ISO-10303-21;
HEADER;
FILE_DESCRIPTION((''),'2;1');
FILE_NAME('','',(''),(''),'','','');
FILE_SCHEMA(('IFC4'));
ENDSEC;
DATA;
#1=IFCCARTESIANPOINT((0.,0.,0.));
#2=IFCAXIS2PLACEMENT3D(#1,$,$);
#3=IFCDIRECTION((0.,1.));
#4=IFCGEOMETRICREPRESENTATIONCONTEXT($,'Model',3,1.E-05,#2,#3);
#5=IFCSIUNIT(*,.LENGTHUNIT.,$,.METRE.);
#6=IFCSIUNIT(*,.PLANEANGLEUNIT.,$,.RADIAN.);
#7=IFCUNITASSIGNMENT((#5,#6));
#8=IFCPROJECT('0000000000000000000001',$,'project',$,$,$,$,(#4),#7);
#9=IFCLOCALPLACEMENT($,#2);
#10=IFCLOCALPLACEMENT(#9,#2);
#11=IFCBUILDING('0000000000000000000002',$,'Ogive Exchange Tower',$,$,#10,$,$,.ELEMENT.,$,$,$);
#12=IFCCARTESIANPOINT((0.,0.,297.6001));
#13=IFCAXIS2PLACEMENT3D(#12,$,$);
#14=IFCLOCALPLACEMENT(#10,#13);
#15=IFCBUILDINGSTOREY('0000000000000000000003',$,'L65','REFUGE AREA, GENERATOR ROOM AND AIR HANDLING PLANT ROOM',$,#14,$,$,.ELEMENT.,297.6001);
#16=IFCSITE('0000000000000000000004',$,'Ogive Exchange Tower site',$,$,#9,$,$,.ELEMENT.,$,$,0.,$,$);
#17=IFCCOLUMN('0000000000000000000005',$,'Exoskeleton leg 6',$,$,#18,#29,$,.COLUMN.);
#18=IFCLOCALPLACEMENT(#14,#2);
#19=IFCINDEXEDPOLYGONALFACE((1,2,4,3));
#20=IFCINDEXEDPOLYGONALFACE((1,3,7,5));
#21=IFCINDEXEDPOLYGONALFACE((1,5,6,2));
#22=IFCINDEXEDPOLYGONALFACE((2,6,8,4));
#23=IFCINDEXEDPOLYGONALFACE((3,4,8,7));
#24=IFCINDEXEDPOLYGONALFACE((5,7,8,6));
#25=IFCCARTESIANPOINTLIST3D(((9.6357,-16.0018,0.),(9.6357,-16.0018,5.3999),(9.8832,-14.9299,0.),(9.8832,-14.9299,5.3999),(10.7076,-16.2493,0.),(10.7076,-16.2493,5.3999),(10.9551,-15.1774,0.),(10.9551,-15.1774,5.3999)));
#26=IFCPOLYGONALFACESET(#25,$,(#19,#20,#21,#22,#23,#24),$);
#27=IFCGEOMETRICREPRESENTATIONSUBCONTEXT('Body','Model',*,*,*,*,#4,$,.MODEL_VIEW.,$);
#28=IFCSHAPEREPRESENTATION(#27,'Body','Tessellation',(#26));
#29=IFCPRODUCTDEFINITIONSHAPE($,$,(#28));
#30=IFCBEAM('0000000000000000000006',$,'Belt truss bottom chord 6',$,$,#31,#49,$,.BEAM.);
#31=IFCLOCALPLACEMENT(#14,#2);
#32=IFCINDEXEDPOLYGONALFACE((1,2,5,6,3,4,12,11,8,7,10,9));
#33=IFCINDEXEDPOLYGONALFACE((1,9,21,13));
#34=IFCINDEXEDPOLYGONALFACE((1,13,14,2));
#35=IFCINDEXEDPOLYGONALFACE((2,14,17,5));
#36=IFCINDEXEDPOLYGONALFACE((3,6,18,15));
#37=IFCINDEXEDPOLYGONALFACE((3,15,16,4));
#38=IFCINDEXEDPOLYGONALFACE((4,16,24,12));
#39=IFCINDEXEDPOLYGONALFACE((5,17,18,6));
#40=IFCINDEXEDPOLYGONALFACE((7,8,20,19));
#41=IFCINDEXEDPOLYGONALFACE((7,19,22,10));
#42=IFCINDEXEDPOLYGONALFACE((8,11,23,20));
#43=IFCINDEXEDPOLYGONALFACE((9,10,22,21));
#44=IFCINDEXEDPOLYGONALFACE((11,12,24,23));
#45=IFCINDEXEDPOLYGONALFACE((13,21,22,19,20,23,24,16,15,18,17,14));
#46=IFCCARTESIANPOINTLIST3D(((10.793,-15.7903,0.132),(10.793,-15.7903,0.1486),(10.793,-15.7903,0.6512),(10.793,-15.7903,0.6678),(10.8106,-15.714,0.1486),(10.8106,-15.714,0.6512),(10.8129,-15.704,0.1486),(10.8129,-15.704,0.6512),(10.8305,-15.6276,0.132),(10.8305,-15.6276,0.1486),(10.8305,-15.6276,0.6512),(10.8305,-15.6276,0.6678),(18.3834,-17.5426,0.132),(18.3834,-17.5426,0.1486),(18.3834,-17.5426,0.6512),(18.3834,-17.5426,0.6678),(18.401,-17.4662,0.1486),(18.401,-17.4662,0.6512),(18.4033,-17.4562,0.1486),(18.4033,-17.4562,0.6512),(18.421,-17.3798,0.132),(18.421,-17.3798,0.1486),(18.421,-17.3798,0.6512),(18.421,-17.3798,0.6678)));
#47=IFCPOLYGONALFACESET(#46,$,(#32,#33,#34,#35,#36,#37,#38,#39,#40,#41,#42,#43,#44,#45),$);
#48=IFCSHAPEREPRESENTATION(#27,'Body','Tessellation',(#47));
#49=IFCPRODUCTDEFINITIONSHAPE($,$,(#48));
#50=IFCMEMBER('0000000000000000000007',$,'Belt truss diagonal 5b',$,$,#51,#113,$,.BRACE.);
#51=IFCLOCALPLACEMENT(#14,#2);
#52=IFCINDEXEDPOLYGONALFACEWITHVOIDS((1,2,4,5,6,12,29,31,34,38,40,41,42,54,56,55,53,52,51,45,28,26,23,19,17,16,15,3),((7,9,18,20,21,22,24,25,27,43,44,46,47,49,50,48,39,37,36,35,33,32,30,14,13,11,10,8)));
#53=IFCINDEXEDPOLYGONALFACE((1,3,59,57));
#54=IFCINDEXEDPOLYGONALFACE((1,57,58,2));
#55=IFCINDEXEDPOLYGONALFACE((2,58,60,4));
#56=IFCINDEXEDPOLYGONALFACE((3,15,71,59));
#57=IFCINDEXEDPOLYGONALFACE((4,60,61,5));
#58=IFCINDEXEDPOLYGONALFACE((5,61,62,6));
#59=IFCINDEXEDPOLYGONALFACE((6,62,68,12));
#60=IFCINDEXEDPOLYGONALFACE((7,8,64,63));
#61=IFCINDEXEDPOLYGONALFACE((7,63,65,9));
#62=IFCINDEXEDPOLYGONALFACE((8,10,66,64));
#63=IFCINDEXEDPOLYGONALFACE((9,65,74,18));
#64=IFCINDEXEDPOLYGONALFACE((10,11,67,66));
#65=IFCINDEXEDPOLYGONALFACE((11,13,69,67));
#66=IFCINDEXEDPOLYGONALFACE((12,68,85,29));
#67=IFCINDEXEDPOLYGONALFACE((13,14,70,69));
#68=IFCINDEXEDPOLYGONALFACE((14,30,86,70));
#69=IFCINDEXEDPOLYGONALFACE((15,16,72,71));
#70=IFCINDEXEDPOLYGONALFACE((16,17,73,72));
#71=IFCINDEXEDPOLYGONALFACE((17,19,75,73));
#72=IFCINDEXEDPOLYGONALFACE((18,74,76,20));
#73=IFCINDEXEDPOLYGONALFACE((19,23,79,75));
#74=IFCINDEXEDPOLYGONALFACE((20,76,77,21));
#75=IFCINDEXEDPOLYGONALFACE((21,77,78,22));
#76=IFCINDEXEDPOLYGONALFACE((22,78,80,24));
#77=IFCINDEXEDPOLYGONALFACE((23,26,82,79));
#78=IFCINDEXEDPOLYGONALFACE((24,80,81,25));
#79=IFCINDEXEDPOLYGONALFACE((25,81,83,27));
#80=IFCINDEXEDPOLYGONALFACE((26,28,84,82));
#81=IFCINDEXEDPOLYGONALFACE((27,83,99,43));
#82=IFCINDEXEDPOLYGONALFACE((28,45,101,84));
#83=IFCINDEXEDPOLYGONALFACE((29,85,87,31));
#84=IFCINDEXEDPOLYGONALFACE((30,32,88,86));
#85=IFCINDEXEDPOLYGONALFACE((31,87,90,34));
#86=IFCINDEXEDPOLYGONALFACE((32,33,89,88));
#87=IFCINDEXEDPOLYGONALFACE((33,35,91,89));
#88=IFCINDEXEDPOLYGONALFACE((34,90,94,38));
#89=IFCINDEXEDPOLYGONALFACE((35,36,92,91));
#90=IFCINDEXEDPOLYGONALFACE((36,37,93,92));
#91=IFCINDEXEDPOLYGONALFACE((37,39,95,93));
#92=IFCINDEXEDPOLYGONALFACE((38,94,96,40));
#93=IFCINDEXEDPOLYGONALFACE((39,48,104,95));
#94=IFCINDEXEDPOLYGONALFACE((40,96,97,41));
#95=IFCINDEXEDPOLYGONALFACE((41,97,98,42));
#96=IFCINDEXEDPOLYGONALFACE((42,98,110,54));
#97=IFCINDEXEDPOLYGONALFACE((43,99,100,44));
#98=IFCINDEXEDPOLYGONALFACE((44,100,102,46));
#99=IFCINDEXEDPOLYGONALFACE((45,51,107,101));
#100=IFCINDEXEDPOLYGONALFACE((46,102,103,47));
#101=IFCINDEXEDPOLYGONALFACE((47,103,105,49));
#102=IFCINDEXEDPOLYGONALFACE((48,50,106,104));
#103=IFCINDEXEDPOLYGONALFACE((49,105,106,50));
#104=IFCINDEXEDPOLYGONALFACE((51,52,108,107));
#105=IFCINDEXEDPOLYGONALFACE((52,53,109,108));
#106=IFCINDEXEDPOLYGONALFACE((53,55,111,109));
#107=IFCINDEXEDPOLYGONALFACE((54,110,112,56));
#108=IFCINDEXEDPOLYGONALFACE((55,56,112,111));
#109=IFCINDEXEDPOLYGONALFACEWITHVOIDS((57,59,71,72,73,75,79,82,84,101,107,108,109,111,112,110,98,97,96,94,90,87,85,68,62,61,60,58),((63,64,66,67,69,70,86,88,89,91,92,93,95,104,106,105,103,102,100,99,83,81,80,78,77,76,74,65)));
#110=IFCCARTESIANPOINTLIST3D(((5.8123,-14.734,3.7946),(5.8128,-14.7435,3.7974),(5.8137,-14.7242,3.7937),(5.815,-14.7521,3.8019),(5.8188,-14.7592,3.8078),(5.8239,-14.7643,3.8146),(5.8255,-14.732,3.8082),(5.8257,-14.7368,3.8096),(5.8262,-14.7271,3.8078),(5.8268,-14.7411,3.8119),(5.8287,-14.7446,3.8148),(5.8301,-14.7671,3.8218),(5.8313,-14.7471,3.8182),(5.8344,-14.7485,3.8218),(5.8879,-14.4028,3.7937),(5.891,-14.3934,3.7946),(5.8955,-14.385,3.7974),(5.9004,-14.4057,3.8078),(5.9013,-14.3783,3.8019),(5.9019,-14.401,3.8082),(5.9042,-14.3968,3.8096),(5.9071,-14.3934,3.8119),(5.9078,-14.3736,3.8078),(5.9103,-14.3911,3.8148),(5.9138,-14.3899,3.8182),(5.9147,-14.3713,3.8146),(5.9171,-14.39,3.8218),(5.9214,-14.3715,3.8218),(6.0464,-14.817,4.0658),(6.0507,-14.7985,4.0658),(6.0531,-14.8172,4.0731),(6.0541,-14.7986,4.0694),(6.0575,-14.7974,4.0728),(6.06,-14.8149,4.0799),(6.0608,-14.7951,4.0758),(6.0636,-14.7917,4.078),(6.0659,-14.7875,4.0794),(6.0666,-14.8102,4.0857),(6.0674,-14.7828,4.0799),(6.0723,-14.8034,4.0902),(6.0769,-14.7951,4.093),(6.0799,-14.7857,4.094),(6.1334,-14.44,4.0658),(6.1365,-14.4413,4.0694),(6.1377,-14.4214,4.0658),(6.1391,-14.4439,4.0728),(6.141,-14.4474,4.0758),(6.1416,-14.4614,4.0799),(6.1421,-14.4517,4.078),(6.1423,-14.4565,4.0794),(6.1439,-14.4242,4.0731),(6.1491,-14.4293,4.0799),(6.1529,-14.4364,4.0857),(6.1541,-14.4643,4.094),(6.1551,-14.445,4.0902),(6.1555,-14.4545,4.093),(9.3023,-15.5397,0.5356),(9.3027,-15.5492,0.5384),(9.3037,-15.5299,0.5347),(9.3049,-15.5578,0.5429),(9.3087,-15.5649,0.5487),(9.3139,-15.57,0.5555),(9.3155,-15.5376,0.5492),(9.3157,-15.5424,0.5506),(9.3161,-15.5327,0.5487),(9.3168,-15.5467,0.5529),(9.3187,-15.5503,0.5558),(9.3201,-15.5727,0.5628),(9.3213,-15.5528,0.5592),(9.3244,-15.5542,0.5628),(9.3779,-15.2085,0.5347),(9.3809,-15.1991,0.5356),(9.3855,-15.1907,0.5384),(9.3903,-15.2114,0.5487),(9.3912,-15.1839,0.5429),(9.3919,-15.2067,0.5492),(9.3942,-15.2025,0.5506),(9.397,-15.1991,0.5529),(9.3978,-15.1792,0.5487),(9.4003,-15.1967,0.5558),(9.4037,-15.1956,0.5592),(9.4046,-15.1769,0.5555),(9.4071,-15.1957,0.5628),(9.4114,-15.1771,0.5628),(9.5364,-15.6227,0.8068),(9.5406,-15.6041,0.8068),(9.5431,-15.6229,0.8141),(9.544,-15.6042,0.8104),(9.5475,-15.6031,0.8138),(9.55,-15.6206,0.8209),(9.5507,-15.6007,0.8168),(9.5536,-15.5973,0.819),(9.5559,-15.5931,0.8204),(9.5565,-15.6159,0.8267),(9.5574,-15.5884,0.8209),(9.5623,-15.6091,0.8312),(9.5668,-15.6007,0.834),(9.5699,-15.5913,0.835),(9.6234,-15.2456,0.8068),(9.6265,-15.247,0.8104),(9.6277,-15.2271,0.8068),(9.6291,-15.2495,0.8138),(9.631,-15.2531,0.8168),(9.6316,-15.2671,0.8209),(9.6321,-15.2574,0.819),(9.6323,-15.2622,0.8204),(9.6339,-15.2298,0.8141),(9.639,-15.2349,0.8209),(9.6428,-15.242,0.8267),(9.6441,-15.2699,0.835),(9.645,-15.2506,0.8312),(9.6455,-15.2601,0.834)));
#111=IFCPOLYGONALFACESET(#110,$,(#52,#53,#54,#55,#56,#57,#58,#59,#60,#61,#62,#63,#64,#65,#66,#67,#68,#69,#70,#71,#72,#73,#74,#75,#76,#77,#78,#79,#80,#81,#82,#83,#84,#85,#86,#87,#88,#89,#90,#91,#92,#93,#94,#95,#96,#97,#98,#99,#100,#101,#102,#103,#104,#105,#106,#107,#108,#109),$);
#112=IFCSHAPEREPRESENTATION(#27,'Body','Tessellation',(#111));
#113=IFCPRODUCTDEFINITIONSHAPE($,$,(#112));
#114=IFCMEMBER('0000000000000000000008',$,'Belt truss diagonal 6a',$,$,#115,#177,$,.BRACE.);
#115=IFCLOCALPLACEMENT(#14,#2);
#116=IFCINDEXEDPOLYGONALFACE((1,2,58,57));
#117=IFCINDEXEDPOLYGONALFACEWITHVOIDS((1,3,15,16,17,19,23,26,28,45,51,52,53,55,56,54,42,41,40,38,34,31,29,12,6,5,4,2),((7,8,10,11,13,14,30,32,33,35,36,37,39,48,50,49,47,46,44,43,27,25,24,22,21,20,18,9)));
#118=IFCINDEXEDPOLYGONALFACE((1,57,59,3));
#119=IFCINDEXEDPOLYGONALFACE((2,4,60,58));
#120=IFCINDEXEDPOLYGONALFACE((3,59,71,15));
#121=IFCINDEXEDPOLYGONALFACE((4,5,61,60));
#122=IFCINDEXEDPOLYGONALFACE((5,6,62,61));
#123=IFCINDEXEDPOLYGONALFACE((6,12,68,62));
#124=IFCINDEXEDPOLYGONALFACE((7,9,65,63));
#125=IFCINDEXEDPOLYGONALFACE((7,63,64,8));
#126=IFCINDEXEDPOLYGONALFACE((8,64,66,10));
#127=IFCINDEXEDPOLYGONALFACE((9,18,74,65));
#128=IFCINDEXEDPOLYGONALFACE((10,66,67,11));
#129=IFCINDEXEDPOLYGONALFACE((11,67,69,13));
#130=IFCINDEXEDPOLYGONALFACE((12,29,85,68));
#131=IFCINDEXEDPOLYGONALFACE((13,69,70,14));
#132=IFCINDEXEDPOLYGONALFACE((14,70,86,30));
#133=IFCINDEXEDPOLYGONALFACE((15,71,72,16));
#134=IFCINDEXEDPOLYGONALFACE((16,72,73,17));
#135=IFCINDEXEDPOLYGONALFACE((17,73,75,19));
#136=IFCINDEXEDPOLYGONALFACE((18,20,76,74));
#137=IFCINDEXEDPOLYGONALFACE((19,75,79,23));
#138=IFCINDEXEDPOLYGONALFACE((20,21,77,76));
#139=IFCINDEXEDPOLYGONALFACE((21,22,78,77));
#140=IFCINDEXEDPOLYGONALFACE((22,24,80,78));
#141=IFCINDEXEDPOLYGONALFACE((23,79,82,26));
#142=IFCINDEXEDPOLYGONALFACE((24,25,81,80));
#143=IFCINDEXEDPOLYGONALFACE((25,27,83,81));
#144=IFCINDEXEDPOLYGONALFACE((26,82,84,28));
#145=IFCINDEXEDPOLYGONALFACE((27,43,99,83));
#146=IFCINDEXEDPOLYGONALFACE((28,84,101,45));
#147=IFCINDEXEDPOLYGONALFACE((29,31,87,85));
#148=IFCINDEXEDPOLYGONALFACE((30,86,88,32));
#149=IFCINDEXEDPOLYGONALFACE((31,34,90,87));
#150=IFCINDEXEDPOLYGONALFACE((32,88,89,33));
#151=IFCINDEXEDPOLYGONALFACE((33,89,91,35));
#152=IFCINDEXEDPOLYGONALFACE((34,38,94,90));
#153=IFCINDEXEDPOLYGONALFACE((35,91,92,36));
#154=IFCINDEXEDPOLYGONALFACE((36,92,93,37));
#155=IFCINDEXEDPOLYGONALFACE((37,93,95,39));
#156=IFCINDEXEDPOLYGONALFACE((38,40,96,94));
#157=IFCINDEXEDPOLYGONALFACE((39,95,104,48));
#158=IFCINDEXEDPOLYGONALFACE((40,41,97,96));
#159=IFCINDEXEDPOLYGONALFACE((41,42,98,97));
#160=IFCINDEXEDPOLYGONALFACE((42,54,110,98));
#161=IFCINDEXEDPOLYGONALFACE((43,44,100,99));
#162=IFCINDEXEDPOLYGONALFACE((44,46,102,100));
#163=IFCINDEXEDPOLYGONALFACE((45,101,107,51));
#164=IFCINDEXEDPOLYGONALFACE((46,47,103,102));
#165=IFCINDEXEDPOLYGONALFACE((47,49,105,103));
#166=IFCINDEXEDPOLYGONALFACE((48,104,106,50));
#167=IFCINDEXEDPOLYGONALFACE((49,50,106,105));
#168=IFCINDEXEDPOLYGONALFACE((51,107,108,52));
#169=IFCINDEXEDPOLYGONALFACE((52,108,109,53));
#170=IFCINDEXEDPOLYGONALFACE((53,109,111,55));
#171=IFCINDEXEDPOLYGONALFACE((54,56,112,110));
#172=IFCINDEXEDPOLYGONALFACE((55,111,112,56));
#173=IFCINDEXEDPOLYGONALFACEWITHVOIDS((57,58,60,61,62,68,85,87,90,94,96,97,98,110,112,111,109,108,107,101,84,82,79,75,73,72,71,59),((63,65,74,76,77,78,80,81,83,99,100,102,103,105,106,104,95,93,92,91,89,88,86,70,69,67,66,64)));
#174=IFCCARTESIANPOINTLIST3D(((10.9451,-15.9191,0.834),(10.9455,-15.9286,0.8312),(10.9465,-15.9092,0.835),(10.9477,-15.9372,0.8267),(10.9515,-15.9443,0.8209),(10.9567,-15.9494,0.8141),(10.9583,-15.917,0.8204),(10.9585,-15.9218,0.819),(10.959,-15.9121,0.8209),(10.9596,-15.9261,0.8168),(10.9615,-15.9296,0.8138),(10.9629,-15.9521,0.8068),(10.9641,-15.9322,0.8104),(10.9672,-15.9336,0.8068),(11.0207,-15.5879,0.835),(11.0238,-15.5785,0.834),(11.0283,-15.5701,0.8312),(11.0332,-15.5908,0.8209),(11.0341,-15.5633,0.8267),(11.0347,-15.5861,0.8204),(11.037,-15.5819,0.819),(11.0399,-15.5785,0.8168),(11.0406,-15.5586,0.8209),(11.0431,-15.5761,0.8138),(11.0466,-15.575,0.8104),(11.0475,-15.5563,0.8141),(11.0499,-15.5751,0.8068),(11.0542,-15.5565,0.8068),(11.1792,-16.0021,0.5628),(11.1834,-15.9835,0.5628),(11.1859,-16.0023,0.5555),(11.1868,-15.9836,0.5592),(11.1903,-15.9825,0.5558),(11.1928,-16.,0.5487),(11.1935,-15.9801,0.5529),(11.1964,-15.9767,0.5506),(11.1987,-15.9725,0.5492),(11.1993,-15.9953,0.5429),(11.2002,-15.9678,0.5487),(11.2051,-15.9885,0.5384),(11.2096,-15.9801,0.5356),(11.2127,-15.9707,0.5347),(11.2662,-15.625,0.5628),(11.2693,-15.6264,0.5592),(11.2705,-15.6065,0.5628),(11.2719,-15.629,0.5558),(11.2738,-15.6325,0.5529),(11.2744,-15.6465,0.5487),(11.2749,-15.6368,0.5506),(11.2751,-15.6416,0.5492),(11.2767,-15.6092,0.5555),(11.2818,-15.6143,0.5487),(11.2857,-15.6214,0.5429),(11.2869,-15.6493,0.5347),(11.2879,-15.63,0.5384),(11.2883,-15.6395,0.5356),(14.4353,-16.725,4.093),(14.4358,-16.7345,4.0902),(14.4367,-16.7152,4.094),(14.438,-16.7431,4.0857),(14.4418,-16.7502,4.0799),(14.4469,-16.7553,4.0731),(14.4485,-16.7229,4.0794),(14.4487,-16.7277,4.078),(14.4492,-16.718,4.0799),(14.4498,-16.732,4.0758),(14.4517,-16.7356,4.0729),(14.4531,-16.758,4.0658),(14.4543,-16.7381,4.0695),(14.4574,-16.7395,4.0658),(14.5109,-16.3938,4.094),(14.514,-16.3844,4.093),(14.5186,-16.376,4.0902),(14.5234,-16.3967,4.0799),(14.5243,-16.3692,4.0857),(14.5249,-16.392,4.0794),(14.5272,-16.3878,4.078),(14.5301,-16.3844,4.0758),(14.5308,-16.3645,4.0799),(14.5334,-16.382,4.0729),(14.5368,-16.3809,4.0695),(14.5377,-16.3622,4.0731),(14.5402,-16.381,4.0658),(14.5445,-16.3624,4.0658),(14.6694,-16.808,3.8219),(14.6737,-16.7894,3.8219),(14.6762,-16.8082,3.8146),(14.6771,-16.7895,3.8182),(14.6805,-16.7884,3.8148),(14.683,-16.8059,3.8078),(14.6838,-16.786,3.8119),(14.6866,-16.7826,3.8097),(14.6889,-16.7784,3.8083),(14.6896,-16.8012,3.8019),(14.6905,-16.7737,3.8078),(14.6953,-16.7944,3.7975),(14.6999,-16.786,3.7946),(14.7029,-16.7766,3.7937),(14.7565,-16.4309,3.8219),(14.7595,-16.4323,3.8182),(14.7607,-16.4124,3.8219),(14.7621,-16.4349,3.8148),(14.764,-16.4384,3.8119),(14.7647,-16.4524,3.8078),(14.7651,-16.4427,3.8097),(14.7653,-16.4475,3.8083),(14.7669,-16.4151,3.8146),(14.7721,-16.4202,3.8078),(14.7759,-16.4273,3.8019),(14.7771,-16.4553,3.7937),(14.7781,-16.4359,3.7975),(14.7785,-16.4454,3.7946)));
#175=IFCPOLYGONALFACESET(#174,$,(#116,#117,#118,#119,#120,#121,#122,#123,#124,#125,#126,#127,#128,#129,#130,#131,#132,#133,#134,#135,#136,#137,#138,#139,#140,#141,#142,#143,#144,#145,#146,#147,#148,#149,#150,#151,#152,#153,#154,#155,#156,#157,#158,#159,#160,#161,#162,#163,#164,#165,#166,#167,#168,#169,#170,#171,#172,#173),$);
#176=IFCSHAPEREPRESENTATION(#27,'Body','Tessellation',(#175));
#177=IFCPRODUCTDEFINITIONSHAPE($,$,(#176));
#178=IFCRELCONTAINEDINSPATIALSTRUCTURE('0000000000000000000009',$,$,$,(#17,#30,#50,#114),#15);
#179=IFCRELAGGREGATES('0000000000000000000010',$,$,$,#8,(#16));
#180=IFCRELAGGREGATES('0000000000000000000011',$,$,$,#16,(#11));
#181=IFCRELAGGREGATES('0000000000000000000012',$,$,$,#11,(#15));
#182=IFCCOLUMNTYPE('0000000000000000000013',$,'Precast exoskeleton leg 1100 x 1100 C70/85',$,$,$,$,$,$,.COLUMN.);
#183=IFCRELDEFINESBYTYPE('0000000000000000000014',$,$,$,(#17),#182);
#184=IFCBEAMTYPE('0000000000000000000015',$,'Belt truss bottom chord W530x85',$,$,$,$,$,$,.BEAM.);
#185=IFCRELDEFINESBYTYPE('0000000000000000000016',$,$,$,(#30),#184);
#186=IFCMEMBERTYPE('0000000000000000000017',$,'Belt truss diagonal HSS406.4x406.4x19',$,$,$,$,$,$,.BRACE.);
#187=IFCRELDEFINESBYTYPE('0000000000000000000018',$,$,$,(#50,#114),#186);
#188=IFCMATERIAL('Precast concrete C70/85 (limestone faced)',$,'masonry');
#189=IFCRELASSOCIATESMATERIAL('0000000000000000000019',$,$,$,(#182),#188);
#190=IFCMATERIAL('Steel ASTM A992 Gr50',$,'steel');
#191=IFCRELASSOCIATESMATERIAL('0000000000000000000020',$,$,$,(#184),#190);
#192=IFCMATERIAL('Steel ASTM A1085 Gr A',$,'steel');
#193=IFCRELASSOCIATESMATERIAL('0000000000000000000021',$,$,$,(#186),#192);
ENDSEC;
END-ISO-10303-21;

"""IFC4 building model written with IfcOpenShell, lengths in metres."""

from ifc_helpers import new_model, si_unit, direction, frame, origin, origin_2d, place, context, subcontext, project, spatial, rectangle, hollow_rectangle, i_section, extrude, material, material_profile, profile_set, type_object, element, save


model = new_model("IFC4")

# Units and contexts
model_context = context("Model", 3, precision=1e-05, world=origin(), true_north=direction((0.0, 1.0)))
body_context = subcontext(model_context, "Body", "Model", "MODEL_VIEW")
ifc_project = project(units=[si_unit("LENGTHUNIT", "METRE"), si_unit("PLANEANGLEUNIT", "RADIAN")], contexts=[model_context])

# Site, building, storey
site_placement = place(None, origin())
site = spatial("IfcSite", under=ifc_project, at=site_placement, Name="Ogive Exchange Tower site", CompositionType="ELEMENT", RefElevation=0.0)
building_placement = place(site_placement, origin())
building = spatial("IfcBuilding", under=site, at=building_placement, Name="Ogive Exchange Tower", CompositionType="ELEMENT")
storey_placement = place(building_placement, frame((0.0, 0.0, 297.6001)))
storey = spatial("IfcBuildingStorey", under=building, at=storey_placement, Name="L65", Description="REFUGE AREA, GENERATOR ROOM AND AIR HANDLING PLANT ROOM", CompositionType="ELEMENT", Elevation=297.6001)

# Column
ifc_material_1 = material(Name="Precast concrete C70/85 (limestone faced)", Category="masonry")
ifc_material_profile_1 = material_profile(ifc_material_1, rectangle(XDim=1.1001, YDim=1.1001, at=origin_2d()), Name="1100 x 1100")
ifc_profile_set_1 = profile_set([ifc_material_profile_1], Name="Precast concrete C70/85 (limestone faced)")
column_type = type_object("IfcColumnType", Name="Precast exoskeleton leg 1100 x 1100 C70/85", PredefinedType="COLUMN", material=ifc_profile_set_1)
column_placement = place(storey_placement, frame((10.2954, -15.5896, 0.0), z_axis=(0.0, 0.0, 1.0), x_axis=(0.97437, -0.224951, 0.0)))
element("IfcColumn", 1, at=column_placement, inside=storey, type_object=column_type, Name="Exoskeleton leg 6", PredefinedType="COLUMN", context=body_context, shape_type="SweptSolid", body=[
    extrude(rectangle(XDim=1.1001, YDim=1.1001, at=origin_2d()), origin(), (0.0, 0.0, 1.0), 5.3999),
])

# Beam
ifc_material_2 = material(Name="Steel ASTM A992 Gr50", Category="steel")
ifc_material_profile_2 = material_profile(ifc_material_2, i_section(OverallWidth=0.167, OverallDepth=0.5359, WebThickness=0.0103, FlangeThickness=0.0166, at=origin_2d()), Name="W530x85")
ifc_profile_set_2 = profile_set([ifc_material_profile_2], Name="Steel ASTM A992 Gr50")
beam_type_1 = type_object("IfcBeamType", Name="Belt truss bottom chord W530x85", PredefinedType="BEAM", material=ifc_profile_set_2)
beam_1_placement = place(storey_placement, frame((10.8118, -15.709, 0.3999), z_axis=(0.974375, -0.22493, 0.0), x_axis=(0.22493, 0.974375, 0.0)))
element("IfcBeam", 2, at=beam_1_placement, inside=storey, type_object=beam_type_1, Name="Belt truss bottom chord 6", PredefinedType="BEAM", context=body_context, shape_type="SweptSolid", body=[
    extrude(i_section(OverallWidth=0.167, OverallDepth=0.5359, WebThickness=0.0103, FlangeThickness=0.0166, at=origin_2d()), origin(), (0.0, 0.0, 1.0), 7.79),
])

# Members
ifc_material_3 = material(Name="Steel ASTM A1085 Gr A", Category="steel")
ifc_material_profile_3 = material_profile(ifc_material_3, hollow_rectangle(XDim=0.406, YDim=0.406, WallThickness=0.019, InnerFilletRadius=0.019, OuterFilletRadius=0.0381, at=origin_2d()), Name="HSS406.4x406.4x19")
ifc_profile_set_3 = profile_set([ifc_material_profile_3], Name="Steel ASTM A1085 Gr A")
member_type_1 = type_object("IfcMemberType", Name="Belt truss diagonal HSS406.4x406.4x19", PredefinedType="BRACE", material=ifc_profile_set_3)
member_1_placement = place(storey_placement, frame((9.4739, -15.3999, 0.6848), z_axis=(-0.720691, 0.166371, 0.672997), x_axis=(-0.224934, -0.974374, 0.0)))
element("IfcMember", 3, at=member_1_placement, inside=storey, type_object=member_type_1, Name="Belt truss diagonal 5b", PredefinedType="BRACE", context=body_context, shape_type="SweptSolid", body=[
    extrude(hollow_rectangle(XDim=0.406, YDim=0.406, WallThickness=0.019, InnerFilletRadius=0.019, OuterFilletRadius=0.0381, at=origin_2d()), origin(), (0.0, 0.0, 1.0), 4.8425),
])
for number, where, z_axis, x_axis, name in (
    (4, (11.1167, -15.7793, 0.6848), (0.720709, -0.166414, 0.672967), (0.224984, 0.974362, 0.0), "Belt truss diagonal 6a"),
):
    element("IfcMember", number, at=place(storey_placement, frame(where, z_axis=z_axis, x_axis=x_axis)), inside=storey, type_object=member_type_1, Name=name, PredefinedType="BRACE", context=body_context, shape_type="SweptSolid", body=[
        extrude(hollow_rectangle(XDim=0.406, YDim=0.406, WallThickness=0.019, InnerFilletRadius=0.019, OuterFilletRadius=0.0381, at=origin_2d()), origin(), (0.0, 0.0, 1.0), 4.8428),
    ])

save(model, "model.ifc")
